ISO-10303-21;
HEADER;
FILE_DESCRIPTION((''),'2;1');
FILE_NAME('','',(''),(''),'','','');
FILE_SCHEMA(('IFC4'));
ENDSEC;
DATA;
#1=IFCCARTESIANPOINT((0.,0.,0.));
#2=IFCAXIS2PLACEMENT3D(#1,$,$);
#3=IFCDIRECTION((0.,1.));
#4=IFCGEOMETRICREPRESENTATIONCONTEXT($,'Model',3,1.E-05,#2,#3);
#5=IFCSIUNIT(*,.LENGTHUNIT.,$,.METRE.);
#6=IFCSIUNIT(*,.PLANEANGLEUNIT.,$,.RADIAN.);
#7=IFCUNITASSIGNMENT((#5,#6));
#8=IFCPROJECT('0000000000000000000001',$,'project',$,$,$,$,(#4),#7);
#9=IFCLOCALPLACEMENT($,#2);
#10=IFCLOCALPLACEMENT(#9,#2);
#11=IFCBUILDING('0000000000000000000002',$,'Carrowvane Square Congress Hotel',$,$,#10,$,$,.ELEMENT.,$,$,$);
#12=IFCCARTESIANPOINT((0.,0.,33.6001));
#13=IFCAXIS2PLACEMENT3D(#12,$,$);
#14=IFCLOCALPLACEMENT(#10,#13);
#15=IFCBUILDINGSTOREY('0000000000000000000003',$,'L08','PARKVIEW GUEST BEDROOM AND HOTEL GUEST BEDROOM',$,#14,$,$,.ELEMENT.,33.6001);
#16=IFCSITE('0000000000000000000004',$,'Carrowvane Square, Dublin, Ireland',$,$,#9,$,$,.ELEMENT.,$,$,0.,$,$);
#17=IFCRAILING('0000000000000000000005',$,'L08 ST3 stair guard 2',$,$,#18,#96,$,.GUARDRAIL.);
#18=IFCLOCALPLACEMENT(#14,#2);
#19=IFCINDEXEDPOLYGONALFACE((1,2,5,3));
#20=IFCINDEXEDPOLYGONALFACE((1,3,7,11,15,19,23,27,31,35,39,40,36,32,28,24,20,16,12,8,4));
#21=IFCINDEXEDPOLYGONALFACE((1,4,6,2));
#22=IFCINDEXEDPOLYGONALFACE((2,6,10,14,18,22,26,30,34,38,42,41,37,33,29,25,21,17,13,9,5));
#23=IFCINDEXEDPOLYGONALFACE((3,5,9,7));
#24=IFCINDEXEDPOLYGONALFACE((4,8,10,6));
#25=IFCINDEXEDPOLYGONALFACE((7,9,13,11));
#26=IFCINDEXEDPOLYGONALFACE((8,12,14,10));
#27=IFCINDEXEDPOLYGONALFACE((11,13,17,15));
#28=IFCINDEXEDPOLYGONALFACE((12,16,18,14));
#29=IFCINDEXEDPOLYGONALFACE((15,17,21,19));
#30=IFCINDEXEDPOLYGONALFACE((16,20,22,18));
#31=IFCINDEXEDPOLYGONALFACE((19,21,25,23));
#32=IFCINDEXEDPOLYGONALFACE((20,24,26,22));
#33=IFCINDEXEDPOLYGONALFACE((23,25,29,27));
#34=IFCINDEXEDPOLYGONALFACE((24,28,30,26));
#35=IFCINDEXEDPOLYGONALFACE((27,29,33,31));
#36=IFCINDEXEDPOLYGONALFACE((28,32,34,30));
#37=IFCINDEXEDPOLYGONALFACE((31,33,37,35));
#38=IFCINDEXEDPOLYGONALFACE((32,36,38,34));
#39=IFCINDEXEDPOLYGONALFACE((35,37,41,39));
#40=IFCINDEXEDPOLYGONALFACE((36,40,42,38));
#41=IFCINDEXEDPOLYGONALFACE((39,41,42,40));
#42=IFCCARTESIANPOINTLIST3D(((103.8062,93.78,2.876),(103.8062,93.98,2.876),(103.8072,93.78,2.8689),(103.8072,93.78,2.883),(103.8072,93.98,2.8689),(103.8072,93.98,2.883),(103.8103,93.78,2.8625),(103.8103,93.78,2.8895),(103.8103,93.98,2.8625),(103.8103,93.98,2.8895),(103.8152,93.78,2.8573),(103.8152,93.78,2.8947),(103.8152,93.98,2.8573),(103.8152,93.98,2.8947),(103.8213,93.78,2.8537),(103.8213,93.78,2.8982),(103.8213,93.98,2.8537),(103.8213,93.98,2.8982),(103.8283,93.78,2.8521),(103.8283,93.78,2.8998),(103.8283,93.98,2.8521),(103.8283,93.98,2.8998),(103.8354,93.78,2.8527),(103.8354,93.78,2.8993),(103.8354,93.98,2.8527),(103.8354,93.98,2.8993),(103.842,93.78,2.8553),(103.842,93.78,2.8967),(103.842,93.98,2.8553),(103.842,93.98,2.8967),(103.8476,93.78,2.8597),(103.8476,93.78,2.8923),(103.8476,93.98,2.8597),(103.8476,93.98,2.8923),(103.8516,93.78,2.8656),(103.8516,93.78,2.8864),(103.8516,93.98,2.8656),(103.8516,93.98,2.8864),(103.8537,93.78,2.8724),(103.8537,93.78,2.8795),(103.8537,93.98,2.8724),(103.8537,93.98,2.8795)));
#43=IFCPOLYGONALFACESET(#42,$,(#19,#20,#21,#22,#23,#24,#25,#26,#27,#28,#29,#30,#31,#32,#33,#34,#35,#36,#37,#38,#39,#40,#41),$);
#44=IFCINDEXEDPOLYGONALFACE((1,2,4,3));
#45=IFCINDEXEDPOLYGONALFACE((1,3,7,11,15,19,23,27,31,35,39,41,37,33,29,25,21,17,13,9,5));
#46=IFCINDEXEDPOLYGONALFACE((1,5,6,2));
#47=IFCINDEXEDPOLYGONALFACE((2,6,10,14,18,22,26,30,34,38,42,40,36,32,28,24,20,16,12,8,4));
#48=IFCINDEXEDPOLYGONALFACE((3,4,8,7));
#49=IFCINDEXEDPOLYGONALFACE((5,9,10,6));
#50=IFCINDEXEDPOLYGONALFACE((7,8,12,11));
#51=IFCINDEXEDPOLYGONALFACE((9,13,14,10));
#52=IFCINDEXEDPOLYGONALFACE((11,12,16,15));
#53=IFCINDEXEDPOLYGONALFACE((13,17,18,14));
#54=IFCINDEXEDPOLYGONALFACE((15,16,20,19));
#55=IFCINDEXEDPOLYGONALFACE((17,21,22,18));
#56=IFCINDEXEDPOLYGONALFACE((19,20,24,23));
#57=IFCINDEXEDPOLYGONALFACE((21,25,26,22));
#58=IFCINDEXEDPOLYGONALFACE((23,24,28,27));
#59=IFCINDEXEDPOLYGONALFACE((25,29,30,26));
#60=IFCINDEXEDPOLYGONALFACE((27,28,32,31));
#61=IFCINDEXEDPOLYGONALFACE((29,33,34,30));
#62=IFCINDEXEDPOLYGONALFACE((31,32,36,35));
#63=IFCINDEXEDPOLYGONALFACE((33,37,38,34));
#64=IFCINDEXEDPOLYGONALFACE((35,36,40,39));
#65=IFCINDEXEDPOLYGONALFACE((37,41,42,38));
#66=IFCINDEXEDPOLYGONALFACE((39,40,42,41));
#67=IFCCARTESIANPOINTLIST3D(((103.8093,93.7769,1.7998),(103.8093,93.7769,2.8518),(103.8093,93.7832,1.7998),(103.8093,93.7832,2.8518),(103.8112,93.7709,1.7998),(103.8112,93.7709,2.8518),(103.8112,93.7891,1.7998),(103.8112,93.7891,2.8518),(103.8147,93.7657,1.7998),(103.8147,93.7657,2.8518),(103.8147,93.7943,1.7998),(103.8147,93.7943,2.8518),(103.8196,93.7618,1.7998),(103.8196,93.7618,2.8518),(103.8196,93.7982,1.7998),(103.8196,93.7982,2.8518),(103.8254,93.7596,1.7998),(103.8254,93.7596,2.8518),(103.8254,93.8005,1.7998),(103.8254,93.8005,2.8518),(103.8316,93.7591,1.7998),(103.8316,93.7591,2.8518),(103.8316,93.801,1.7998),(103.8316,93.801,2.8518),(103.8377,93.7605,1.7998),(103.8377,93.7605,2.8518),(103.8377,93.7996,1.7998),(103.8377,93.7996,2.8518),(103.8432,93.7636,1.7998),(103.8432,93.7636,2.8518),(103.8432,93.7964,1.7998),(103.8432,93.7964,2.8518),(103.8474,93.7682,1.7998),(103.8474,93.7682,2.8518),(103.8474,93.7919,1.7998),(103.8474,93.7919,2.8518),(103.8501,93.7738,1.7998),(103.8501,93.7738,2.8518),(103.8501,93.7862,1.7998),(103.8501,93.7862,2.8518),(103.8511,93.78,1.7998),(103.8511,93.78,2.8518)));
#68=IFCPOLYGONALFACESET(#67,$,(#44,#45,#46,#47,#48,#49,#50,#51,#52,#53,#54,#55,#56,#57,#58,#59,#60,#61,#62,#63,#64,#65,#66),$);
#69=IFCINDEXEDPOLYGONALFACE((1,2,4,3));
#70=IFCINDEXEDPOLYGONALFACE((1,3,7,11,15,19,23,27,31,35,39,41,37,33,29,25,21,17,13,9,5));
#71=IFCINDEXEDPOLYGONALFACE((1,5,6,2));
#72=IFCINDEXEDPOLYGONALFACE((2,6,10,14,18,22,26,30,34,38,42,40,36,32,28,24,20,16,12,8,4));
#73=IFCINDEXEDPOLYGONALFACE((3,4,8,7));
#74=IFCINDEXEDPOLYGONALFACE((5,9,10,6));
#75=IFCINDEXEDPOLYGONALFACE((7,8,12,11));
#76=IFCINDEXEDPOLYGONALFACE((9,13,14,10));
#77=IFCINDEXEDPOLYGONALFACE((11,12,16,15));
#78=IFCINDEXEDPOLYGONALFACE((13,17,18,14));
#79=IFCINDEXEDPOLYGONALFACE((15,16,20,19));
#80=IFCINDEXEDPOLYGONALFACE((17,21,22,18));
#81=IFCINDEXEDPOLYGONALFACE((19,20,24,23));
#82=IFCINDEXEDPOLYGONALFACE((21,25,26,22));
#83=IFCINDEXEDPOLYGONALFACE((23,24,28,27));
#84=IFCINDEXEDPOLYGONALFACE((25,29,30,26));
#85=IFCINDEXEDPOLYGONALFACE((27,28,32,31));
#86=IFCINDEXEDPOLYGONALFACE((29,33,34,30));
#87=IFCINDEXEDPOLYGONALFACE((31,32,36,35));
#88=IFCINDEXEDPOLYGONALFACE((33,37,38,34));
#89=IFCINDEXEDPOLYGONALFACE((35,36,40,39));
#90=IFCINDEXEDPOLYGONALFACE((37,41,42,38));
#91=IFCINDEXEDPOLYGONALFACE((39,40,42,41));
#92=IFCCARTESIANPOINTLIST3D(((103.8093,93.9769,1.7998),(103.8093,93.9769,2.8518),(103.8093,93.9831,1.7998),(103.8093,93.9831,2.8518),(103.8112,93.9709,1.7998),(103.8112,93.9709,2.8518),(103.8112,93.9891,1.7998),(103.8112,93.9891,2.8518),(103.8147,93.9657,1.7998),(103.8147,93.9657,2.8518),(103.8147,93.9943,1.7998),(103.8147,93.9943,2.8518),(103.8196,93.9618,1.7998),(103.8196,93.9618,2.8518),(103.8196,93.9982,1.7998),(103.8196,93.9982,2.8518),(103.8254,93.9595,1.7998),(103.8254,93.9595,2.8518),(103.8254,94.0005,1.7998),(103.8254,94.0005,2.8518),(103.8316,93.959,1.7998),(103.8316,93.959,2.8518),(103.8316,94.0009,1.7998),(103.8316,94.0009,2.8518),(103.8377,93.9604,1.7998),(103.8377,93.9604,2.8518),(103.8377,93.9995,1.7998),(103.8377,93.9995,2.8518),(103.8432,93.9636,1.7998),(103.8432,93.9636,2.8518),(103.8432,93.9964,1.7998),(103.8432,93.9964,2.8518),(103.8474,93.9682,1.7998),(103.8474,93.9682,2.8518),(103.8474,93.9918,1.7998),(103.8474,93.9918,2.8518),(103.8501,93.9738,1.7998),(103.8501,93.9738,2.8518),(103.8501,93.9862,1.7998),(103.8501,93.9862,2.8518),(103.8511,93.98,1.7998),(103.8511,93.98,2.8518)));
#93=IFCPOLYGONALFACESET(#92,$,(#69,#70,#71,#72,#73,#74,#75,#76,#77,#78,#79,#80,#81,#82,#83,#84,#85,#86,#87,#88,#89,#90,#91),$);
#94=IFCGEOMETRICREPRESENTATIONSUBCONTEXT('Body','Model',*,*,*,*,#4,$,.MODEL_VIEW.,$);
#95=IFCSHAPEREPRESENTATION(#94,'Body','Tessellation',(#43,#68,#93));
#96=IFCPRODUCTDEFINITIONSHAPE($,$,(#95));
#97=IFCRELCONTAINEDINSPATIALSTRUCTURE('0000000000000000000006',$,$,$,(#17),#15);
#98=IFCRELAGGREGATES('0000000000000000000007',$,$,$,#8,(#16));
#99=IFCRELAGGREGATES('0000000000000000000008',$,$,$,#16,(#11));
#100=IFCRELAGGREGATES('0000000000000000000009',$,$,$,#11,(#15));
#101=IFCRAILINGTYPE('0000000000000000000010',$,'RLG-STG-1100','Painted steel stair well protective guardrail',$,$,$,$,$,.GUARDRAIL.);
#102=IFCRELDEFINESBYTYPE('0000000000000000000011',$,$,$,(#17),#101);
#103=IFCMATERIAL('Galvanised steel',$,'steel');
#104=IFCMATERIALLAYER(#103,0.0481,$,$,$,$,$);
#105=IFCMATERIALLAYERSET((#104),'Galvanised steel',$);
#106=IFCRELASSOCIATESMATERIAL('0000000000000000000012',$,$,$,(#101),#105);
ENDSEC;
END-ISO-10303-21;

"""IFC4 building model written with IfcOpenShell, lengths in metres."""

from ifc_helpers import new_model, si_unit, direction, frame, origin, origin_2d, place, context, subcontext, project, spatial, circle, extrude, material, layer, layer_set, type_object, element, save


model = new_model("IFC4")

# Units and contexts
model_context = context("Model", 3, precision=1e-05, world=origin(), true_north=direction((0.0, 1.0)))
body_context = subcontext(model_context, "Body", "Model", "MODEL_VIEW")
ifc_project = project(units=[si_unit("LENGTHUNIT", "METRE"), si_unit("PLANEANGLEUNIT", "RADIAN")], contexts=[model_context])

# Site, building, storey
site_placement = place(None, origin())
site = spatial("IfcSite", under=ifc_project, at=site_placement, Name="Carrowvane Square, Dublin, Ireland", CompositionType="ELEMENT", RefElevation=0.0)
building_placement = place(site_placement, origin())
building = spatial("IfcBuilding", under=site, at=building_placement, Name="Carrowvane Square Congress Hotel", CompositionType="ELEMENT")
storey_placement = place(building_placement, frame((0.0, 0.0, 33.6001)))
storey = spatial("IfcBuildingStorey", under=building, at=storey_placement, Name="L08", Description="PARKVIEW GUEST BEDROOM AND HOTEL GUEST BEDROOM", CompositionType="ELEMENT", Elevation=33.6001)

# Railing
ifc_material_1 = material(Name="Galvanised steel", Category="steel")
ifc_layer_1 = layer(ifc_material_1, 0.0481)
ifc_layer_set_1 = layer_set([ifc_layer_1], Name="Galvanised steel")
railing_type_1 = type_object("IfcRailingType", Name="RLG-STG-1100", Description="Painted steel stair well protective guardrail", PredefinedType="GUARDRAIL", material=ifc_layer_set_1)
railing_1_placement = place(storey_placement, frame((103.8301, 93.78, 1.7998)))
element("IfcRailing", 1, at=railing_1_placement, inside=storey, type_object=railing_type_1, Name="L08 ST3 stair guard 2", PredefinedType="GUARDRAIL", context=body_context, shape_type="SweptSolid", body=[
    extrude(circle(Radius=0.0239, at=origin_2d()), frame((0.0, 0.0, 1.0762), z_axis=(0.0, 1.0, 0.0), x_axis=(-1.0, 0.0, 0.0)), (0.0, 0.0, 1.0), 0.2),
    extrude(circle(Radius=0.021, at=origin_2d()), origin(), (0.0, 0.0, 1.0), 1.052),
    extrude(circle(Radius=0.021, at=origin_2d()), frame((0.0, 0.2, 0.0)), (0.0, 0.0, 1.0), 1.052),
])

save(model, "model.ifc")
